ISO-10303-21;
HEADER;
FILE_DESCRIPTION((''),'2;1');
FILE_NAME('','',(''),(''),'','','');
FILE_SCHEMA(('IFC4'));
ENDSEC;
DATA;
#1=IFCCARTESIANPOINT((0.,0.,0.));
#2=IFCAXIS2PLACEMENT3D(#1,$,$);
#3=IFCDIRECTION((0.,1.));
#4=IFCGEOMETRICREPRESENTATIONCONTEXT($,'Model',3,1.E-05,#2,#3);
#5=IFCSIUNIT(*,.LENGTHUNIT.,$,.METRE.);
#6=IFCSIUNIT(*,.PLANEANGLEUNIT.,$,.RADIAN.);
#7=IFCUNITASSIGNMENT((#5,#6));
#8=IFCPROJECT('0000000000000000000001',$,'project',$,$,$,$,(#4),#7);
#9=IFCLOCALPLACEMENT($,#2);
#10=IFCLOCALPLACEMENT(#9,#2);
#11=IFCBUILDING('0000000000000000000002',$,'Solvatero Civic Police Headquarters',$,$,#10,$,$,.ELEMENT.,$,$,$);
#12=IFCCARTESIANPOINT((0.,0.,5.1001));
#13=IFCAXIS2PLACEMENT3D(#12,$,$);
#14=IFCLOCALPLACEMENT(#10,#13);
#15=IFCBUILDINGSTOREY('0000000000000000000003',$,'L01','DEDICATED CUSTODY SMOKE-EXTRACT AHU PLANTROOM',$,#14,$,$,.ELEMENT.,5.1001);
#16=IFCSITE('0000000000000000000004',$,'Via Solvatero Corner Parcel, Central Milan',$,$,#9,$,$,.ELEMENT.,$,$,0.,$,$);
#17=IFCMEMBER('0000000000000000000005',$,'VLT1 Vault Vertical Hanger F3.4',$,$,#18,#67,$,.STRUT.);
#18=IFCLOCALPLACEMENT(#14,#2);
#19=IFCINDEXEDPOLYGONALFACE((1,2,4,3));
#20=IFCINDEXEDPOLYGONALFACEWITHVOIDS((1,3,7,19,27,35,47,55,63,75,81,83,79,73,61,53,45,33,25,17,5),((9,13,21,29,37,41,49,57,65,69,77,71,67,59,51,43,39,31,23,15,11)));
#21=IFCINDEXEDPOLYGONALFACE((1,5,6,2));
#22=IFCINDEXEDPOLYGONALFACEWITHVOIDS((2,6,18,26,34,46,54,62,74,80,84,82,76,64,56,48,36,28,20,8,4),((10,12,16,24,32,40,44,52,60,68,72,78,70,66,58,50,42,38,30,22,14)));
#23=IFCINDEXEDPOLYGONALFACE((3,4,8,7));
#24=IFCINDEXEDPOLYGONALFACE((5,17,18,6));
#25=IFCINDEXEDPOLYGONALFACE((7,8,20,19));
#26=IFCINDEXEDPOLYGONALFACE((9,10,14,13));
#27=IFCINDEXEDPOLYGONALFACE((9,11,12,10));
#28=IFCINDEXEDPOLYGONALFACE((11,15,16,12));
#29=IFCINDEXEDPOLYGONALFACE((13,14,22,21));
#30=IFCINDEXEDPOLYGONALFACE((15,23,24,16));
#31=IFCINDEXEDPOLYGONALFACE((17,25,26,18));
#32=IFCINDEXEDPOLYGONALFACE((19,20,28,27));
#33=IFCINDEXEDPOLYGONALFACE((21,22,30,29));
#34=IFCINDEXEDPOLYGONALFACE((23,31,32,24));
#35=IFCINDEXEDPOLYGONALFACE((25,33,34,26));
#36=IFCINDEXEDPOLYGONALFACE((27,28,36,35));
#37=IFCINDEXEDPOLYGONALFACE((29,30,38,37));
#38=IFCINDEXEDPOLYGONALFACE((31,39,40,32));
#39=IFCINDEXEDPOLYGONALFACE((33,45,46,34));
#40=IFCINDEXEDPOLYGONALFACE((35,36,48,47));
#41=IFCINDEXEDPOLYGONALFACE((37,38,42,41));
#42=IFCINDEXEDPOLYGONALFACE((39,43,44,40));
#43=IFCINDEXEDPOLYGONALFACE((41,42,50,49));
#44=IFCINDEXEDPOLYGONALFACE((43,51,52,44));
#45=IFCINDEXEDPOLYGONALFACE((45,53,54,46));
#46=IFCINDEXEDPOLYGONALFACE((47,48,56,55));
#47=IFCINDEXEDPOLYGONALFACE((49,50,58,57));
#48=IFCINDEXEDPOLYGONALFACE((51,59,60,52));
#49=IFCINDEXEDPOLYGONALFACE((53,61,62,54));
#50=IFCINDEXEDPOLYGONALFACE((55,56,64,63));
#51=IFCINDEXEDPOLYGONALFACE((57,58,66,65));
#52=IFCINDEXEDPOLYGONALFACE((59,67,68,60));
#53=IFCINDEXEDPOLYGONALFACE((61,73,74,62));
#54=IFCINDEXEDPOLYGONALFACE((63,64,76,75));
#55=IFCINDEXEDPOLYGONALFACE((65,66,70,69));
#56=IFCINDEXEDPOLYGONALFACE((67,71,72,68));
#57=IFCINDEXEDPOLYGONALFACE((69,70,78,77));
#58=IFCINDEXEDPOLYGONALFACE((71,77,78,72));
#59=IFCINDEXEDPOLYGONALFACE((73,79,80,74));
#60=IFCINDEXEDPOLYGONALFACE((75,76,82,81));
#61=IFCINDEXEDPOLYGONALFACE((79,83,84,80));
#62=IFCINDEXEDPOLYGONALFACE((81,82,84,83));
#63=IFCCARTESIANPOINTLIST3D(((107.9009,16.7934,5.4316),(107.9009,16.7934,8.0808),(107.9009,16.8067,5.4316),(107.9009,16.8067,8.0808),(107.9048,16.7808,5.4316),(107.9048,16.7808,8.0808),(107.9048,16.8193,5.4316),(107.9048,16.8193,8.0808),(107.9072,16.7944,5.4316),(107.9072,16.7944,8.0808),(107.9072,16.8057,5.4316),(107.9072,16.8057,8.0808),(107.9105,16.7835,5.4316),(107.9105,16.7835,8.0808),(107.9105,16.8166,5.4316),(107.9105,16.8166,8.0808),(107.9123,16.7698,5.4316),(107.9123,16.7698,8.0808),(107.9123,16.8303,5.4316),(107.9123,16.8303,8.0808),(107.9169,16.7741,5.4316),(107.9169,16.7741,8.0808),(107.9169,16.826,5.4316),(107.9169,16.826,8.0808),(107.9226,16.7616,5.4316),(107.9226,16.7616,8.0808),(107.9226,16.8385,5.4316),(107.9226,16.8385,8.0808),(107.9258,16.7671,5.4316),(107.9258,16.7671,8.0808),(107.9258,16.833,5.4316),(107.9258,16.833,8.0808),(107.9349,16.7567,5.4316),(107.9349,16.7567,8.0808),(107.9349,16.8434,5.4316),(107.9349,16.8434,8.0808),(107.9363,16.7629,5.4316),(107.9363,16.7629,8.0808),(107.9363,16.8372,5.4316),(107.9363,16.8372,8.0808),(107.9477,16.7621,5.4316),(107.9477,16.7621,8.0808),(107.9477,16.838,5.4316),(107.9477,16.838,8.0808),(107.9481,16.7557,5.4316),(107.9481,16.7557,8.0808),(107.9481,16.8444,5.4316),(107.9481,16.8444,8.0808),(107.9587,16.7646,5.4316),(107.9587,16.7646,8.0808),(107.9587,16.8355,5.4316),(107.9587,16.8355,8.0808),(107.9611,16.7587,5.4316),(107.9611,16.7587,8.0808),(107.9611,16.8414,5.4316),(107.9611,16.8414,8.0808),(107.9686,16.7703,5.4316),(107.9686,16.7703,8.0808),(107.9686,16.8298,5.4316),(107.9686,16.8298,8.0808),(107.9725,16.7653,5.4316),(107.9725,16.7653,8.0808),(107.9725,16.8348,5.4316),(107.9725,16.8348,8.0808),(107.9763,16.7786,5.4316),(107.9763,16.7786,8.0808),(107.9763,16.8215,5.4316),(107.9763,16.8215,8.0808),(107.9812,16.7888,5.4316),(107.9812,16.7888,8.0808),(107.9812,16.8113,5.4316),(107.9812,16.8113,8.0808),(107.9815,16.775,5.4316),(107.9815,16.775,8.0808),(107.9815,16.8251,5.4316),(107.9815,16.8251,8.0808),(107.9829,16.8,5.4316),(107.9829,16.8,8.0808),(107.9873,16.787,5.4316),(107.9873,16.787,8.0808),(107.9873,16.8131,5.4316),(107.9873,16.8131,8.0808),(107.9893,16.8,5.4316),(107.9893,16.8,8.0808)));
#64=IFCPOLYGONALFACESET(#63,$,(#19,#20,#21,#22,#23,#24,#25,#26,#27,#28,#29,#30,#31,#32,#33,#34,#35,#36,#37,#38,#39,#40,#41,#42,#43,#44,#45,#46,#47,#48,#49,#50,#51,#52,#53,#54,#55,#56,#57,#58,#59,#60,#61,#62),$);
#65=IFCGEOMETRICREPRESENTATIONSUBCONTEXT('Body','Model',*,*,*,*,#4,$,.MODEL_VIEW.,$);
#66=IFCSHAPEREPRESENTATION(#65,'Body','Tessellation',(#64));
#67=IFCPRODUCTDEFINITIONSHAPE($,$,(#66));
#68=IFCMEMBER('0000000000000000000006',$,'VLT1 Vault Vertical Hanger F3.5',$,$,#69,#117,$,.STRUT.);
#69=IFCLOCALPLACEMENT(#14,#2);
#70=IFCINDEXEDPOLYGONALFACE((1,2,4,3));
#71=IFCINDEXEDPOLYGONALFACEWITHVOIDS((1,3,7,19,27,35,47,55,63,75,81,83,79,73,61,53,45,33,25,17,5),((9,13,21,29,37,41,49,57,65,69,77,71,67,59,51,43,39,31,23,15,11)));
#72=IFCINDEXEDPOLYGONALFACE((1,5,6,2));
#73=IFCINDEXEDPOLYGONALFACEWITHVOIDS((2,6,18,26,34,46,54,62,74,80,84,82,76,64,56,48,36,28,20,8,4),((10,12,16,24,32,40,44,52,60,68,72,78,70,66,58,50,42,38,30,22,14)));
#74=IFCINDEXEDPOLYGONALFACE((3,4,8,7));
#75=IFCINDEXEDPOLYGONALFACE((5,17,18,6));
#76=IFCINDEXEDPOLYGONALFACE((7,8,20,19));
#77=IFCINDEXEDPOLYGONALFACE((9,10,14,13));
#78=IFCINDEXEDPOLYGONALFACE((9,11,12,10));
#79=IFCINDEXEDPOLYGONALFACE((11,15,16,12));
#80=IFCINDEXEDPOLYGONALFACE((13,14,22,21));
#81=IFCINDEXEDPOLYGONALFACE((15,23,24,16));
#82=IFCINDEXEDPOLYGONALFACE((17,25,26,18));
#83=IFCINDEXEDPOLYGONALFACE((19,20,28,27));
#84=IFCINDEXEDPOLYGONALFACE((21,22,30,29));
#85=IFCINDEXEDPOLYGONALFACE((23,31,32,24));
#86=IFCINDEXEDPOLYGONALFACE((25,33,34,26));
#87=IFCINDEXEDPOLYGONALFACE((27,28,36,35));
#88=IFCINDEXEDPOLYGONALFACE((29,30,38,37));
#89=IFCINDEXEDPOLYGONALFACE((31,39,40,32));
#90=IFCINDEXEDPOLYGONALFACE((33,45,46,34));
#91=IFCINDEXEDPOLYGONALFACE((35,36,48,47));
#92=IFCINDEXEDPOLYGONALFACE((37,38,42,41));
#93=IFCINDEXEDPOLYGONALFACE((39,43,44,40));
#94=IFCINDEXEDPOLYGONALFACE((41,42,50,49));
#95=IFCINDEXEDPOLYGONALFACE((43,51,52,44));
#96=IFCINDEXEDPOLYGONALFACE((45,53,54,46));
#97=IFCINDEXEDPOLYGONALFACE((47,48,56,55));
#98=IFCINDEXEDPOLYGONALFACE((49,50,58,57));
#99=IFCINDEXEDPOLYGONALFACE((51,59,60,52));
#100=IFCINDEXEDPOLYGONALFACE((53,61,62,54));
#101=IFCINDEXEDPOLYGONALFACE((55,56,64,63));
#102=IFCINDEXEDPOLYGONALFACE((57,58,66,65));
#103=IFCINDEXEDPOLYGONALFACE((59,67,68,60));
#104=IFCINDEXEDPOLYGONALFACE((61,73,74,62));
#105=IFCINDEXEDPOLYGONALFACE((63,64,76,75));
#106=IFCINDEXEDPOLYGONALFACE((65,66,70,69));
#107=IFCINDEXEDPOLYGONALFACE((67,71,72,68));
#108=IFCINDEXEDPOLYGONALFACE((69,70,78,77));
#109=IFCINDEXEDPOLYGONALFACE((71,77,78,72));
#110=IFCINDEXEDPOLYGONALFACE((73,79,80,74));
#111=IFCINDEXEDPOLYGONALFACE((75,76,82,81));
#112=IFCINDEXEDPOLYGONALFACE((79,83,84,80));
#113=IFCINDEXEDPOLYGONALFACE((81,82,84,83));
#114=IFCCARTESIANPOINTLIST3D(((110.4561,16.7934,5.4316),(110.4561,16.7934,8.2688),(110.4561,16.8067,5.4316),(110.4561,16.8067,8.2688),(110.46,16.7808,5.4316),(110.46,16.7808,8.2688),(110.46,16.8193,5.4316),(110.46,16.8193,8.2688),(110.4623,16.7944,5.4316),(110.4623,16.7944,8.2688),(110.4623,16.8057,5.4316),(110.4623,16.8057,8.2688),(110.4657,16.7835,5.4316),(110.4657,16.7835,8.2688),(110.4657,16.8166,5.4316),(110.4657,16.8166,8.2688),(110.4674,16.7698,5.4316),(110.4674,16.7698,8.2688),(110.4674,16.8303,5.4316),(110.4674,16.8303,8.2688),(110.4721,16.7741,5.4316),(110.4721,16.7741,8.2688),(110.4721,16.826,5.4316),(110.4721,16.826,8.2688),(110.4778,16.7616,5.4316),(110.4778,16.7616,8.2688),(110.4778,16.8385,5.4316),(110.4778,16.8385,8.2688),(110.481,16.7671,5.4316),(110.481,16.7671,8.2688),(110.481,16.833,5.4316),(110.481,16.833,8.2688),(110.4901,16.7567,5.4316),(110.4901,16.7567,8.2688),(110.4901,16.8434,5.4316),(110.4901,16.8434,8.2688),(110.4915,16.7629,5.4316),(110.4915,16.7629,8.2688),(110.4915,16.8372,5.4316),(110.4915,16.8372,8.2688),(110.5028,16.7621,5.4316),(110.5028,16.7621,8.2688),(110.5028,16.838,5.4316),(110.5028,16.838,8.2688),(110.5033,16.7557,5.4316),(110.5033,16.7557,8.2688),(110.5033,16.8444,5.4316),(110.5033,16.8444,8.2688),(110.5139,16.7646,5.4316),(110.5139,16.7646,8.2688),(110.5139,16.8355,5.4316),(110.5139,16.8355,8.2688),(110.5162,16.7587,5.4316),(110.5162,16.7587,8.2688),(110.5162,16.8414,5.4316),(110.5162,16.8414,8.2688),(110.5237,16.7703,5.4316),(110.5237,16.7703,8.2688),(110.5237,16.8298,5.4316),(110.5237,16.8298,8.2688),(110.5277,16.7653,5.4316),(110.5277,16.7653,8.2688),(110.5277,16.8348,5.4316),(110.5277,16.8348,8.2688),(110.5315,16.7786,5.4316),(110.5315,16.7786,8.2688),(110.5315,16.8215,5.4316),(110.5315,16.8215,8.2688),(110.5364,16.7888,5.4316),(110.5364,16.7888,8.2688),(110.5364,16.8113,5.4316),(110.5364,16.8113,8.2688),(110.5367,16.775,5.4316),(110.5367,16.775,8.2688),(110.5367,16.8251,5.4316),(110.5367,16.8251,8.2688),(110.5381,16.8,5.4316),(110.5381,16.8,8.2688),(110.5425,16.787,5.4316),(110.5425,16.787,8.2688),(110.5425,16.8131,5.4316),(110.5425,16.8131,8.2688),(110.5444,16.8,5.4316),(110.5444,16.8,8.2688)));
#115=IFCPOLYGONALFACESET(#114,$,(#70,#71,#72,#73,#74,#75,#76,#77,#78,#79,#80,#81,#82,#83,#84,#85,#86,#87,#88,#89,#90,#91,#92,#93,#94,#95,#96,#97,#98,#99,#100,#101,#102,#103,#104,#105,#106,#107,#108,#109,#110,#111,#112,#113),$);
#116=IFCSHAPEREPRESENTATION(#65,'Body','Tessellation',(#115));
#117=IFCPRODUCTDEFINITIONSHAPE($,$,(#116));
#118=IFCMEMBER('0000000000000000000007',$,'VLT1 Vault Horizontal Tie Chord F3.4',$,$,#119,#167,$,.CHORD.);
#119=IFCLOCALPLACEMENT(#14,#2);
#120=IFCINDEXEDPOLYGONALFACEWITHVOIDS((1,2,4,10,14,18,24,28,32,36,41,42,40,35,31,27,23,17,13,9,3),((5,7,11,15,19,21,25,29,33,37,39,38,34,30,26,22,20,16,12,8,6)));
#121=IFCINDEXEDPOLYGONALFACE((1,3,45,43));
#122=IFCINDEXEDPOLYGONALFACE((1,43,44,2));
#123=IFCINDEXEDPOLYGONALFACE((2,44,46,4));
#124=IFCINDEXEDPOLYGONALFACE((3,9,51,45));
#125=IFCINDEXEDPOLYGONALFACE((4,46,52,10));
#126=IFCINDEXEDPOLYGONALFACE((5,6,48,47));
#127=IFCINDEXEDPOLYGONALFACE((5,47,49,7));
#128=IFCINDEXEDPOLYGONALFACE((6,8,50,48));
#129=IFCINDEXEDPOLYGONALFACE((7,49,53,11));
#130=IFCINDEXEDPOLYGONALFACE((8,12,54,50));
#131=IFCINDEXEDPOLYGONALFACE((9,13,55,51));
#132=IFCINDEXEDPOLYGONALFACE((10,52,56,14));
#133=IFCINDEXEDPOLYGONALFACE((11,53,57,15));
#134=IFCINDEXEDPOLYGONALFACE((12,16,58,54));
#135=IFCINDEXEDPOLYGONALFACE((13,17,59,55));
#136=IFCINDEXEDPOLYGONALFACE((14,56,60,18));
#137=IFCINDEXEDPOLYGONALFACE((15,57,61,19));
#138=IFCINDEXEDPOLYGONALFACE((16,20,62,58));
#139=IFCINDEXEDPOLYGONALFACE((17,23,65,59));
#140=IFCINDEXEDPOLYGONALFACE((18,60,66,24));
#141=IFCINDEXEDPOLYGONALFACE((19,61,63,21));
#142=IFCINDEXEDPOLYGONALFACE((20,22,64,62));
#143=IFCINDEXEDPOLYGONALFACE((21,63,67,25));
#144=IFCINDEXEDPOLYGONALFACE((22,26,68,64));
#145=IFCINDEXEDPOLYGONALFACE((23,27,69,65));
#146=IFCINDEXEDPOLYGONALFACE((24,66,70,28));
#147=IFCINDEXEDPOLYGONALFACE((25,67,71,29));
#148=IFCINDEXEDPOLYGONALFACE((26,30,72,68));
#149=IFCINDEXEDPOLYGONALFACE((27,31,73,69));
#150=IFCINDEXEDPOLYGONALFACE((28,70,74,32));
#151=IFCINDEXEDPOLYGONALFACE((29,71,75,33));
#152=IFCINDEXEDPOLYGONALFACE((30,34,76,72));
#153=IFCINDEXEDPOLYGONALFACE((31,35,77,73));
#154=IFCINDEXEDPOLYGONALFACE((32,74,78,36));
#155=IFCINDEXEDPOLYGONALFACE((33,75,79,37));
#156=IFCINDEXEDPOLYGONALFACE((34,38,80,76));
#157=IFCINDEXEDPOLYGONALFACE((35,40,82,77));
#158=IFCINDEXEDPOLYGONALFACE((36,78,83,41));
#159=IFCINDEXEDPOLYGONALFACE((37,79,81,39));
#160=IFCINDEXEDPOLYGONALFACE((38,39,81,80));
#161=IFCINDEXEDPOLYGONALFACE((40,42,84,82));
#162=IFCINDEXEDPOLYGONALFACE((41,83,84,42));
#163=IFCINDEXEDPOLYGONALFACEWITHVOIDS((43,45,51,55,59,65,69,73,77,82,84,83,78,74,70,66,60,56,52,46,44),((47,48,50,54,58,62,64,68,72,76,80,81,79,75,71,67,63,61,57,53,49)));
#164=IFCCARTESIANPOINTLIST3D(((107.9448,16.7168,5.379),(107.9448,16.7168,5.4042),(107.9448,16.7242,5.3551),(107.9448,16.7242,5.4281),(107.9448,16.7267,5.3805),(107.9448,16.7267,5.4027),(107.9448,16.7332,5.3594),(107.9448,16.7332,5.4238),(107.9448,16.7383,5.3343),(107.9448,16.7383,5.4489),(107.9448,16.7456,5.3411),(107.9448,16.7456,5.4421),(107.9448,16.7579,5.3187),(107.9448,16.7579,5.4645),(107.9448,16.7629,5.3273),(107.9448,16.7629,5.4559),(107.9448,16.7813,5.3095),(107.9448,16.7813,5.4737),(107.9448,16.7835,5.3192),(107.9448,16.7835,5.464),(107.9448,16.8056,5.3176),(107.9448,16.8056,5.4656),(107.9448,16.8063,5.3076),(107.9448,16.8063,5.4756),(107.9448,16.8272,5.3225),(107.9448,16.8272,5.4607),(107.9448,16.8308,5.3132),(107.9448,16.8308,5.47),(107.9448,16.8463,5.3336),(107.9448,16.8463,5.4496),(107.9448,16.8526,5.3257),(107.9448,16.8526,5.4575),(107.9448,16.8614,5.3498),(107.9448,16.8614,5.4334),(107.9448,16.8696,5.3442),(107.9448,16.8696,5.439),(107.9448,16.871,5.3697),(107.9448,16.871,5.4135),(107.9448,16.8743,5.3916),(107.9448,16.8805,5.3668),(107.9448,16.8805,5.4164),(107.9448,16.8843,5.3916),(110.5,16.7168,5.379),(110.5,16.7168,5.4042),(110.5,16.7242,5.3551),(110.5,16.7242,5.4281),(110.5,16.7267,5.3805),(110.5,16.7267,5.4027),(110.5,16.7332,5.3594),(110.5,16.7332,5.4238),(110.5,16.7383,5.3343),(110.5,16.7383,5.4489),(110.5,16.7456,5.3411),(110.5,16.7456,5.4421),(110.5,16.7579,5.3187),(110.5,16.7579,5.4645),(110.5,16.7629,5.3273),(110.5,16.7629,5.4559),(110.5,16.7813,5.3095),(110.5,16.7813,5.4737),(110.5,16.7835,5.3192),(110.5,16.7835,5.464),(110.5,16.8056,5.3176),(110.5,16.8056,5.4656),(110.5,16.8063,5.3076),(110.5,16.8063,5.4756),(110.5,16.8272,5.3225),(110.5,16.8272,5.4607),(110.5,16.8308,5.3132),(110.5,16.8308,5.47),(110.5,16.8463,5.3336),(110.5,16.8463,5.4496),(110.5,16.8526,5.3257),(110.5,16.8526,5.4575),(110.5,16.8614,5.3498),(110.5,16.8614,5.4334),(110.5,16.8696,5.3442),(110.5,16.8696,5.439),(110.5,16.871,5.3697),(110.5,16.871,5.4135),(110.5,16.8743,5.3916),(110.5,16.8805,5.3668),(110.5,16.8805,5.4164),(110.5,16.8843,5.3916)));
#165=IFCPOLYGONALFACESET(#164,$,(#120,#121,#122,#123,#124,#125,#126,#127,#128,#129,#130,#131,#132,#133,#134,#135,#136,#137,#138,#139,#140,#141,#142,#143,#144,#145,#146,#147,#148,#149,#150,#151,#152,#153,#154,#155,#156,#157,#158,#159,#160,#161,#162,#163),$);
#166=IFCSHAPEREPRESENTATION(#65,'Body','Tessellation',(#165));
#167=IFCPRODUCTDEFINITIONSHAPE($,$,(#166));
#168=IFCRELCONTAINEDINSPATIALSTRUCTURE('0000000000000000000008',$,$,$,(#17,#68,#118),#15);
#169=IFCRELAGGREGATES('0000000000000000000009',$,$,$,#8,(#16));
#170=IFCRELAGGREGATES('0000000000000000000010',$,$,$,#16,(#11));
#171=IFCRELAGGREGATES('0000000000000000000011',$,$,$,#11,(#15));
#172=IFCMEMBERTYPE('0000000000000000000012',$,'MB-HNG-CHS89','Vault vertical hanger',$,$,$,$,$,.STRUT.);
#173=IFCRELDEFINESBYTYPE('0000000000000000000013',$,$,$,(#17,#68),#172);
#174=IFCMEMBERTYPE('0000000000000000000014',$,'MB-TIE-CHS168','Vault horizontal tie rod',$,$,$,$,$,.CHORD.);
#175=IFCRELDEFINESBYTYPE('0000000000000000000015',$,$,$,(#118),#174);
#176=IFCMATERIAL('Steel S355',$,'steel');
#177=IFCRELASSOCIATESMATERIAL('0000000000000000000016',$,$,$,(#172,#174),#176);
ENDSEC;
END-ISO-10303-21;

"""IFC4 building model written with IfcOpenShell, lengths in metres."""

from ifc_helpers import new_model, si_unit, direction, frame, origin, origin_2d, place, context, subcontext, project, spatial, hollow_circle, extrude, material, material_profile, profile_set, type_object, element, save


model = new_model("IFC4")

# Units and contexts
model_context = context("Model", 3, precision=1e-05, world=origin(), true_north=direction((0.0, 1.0)))
body_context = subcontext(model_context, "Body", "Model", "MODEL_VIEW")
ifc_project = project(units=[si_unit("LENGTHUNIT", "METRE"), si_unit("PLANEANGLEUNIT", "RADIAN")], contexts=[model_context])

# Site, building, storey
site_placement = place(None, origin())
site = spatial("IfcSite", under=ifc_project, at=site_placement, Name="Via Solvatero Corner Parcel, Central Milan", CompositionType="ELEMENT", RefElevation=0.0)
building_placement = place(site_placement, origin())
building = spatial("IfcBuilding", under=site, at=building_placement, Name="Solvatero Civic Police Headquarters", CompositionType="ELEMENT")
storey_placement = place(building_placement, frame((0.0, 0.0, 5.1001)))
storey = spatial("IfcBuildingStorey", under=building, at=storey_placement, Name="L01", Description="DEDICATED CUSTODY SMOKE-EXTRACT AHU PLANTROOM", CompositionType="ELEMENT", Elevation=5.1001)

# Shared definitions
ifc_material_1 = material(Name="Steel S355", Category="steel")

# Members
ifc_material_profile_1 = material_profile(ifc_material_1, hollow_circle(Radius=0.0444, WallThickness=0.0063, at=origin_2d()), Name="CHS 88.9x6.3")
ifc_profile_set_1 = profile_set([ifc_material_profile_1], Name="Steel S355")
member_type_1 = type_object("IfcMemberType", Name="MB-HNG-CHS89", Description="Vault vertical hanger", PredefinedType="STRUT", material=ifc_profile_set_1)
member_1_placement = place(storey_placement, frame((107.9448, 16.8, 5.4316), z_axis=(0.0, 0.0, 1.0), x_axis=(1.0, 0.0, 0.0)))
element("IfcMember", 1, at=member_1_placement, inside=storey, type_object=member_type_1, Name="VLT1 Vault Vertical Hanger F3.4", PredefinedType="STRUT", context=body_context, shape_type="SweptSolid", body=[
    extrude(hollow_circle(Radius=0.0444, WallThickness=0.0063, at=origin_2d()), origin(), (0.0, 0.0, 1.0), 2.6492),
])
member_2_placement = place(storey_placement, frame((110.5, 16.8, 5.4316), z_axis=(0.0, 0.0, 1.0), x_axis=(1.0, 0.0, 0.0)))
element("IfcMember", 2, at=member_2_placement, inside=storey, type_object=member_type_1, Name="VLT1 Vault Vertical Hanger F3.5", PredefinedType="STRUT", context=body_context, shape_type="SweptSolid", body=[
    extrude(hollow_circle(Radius=0.0444, WallThickness=0.0063, at=origin_2d()), origin(), (0.0, 0.0, 1.0), 2.8372),
])
ifc_material_profile_2 = material_profile(ifc_material_1, hollow_circle(Radius=0.0842, WallThickness=0.01, at=origin_2d()), Name="CHS 168.3x10.0")
ifc_profile_set_2 = profile_set([ifc_material_profile_2], Name="Steel S355")
member_type_2 = type_object("IfcMemberType", Name="MB-TIE-CHS168", Description="Vault horizontal tie rod", PredefinedType="CHORD", material=ifc_profile_set_2)
for number, where, z_axis, x_axis, name in (
    (3, (107.9448, 16.8, 5.3916), (1.0, 0.0, 0.0), (0.0, 1.0, 0.0), "VLT1 Vault Horizontal Tie Chord F3.4"),
):
    element("IfcMember", number, at=place(storey_placement, frame(where, z_axis=z_axis, x_axis=x_axis)), inside=storey, type_object=member_type_2, Name=name, PredefinedType="CHORD", context=body_context, shape_type="SweptSolid", body=[
        extrude(hollow_circle(Radius=0.0842, WallThickness=0.01, at=origin_2d()), origin(), (0.0, 0.0, 1.0), 2.5552),
    ])

save(model, "model.ifc")
